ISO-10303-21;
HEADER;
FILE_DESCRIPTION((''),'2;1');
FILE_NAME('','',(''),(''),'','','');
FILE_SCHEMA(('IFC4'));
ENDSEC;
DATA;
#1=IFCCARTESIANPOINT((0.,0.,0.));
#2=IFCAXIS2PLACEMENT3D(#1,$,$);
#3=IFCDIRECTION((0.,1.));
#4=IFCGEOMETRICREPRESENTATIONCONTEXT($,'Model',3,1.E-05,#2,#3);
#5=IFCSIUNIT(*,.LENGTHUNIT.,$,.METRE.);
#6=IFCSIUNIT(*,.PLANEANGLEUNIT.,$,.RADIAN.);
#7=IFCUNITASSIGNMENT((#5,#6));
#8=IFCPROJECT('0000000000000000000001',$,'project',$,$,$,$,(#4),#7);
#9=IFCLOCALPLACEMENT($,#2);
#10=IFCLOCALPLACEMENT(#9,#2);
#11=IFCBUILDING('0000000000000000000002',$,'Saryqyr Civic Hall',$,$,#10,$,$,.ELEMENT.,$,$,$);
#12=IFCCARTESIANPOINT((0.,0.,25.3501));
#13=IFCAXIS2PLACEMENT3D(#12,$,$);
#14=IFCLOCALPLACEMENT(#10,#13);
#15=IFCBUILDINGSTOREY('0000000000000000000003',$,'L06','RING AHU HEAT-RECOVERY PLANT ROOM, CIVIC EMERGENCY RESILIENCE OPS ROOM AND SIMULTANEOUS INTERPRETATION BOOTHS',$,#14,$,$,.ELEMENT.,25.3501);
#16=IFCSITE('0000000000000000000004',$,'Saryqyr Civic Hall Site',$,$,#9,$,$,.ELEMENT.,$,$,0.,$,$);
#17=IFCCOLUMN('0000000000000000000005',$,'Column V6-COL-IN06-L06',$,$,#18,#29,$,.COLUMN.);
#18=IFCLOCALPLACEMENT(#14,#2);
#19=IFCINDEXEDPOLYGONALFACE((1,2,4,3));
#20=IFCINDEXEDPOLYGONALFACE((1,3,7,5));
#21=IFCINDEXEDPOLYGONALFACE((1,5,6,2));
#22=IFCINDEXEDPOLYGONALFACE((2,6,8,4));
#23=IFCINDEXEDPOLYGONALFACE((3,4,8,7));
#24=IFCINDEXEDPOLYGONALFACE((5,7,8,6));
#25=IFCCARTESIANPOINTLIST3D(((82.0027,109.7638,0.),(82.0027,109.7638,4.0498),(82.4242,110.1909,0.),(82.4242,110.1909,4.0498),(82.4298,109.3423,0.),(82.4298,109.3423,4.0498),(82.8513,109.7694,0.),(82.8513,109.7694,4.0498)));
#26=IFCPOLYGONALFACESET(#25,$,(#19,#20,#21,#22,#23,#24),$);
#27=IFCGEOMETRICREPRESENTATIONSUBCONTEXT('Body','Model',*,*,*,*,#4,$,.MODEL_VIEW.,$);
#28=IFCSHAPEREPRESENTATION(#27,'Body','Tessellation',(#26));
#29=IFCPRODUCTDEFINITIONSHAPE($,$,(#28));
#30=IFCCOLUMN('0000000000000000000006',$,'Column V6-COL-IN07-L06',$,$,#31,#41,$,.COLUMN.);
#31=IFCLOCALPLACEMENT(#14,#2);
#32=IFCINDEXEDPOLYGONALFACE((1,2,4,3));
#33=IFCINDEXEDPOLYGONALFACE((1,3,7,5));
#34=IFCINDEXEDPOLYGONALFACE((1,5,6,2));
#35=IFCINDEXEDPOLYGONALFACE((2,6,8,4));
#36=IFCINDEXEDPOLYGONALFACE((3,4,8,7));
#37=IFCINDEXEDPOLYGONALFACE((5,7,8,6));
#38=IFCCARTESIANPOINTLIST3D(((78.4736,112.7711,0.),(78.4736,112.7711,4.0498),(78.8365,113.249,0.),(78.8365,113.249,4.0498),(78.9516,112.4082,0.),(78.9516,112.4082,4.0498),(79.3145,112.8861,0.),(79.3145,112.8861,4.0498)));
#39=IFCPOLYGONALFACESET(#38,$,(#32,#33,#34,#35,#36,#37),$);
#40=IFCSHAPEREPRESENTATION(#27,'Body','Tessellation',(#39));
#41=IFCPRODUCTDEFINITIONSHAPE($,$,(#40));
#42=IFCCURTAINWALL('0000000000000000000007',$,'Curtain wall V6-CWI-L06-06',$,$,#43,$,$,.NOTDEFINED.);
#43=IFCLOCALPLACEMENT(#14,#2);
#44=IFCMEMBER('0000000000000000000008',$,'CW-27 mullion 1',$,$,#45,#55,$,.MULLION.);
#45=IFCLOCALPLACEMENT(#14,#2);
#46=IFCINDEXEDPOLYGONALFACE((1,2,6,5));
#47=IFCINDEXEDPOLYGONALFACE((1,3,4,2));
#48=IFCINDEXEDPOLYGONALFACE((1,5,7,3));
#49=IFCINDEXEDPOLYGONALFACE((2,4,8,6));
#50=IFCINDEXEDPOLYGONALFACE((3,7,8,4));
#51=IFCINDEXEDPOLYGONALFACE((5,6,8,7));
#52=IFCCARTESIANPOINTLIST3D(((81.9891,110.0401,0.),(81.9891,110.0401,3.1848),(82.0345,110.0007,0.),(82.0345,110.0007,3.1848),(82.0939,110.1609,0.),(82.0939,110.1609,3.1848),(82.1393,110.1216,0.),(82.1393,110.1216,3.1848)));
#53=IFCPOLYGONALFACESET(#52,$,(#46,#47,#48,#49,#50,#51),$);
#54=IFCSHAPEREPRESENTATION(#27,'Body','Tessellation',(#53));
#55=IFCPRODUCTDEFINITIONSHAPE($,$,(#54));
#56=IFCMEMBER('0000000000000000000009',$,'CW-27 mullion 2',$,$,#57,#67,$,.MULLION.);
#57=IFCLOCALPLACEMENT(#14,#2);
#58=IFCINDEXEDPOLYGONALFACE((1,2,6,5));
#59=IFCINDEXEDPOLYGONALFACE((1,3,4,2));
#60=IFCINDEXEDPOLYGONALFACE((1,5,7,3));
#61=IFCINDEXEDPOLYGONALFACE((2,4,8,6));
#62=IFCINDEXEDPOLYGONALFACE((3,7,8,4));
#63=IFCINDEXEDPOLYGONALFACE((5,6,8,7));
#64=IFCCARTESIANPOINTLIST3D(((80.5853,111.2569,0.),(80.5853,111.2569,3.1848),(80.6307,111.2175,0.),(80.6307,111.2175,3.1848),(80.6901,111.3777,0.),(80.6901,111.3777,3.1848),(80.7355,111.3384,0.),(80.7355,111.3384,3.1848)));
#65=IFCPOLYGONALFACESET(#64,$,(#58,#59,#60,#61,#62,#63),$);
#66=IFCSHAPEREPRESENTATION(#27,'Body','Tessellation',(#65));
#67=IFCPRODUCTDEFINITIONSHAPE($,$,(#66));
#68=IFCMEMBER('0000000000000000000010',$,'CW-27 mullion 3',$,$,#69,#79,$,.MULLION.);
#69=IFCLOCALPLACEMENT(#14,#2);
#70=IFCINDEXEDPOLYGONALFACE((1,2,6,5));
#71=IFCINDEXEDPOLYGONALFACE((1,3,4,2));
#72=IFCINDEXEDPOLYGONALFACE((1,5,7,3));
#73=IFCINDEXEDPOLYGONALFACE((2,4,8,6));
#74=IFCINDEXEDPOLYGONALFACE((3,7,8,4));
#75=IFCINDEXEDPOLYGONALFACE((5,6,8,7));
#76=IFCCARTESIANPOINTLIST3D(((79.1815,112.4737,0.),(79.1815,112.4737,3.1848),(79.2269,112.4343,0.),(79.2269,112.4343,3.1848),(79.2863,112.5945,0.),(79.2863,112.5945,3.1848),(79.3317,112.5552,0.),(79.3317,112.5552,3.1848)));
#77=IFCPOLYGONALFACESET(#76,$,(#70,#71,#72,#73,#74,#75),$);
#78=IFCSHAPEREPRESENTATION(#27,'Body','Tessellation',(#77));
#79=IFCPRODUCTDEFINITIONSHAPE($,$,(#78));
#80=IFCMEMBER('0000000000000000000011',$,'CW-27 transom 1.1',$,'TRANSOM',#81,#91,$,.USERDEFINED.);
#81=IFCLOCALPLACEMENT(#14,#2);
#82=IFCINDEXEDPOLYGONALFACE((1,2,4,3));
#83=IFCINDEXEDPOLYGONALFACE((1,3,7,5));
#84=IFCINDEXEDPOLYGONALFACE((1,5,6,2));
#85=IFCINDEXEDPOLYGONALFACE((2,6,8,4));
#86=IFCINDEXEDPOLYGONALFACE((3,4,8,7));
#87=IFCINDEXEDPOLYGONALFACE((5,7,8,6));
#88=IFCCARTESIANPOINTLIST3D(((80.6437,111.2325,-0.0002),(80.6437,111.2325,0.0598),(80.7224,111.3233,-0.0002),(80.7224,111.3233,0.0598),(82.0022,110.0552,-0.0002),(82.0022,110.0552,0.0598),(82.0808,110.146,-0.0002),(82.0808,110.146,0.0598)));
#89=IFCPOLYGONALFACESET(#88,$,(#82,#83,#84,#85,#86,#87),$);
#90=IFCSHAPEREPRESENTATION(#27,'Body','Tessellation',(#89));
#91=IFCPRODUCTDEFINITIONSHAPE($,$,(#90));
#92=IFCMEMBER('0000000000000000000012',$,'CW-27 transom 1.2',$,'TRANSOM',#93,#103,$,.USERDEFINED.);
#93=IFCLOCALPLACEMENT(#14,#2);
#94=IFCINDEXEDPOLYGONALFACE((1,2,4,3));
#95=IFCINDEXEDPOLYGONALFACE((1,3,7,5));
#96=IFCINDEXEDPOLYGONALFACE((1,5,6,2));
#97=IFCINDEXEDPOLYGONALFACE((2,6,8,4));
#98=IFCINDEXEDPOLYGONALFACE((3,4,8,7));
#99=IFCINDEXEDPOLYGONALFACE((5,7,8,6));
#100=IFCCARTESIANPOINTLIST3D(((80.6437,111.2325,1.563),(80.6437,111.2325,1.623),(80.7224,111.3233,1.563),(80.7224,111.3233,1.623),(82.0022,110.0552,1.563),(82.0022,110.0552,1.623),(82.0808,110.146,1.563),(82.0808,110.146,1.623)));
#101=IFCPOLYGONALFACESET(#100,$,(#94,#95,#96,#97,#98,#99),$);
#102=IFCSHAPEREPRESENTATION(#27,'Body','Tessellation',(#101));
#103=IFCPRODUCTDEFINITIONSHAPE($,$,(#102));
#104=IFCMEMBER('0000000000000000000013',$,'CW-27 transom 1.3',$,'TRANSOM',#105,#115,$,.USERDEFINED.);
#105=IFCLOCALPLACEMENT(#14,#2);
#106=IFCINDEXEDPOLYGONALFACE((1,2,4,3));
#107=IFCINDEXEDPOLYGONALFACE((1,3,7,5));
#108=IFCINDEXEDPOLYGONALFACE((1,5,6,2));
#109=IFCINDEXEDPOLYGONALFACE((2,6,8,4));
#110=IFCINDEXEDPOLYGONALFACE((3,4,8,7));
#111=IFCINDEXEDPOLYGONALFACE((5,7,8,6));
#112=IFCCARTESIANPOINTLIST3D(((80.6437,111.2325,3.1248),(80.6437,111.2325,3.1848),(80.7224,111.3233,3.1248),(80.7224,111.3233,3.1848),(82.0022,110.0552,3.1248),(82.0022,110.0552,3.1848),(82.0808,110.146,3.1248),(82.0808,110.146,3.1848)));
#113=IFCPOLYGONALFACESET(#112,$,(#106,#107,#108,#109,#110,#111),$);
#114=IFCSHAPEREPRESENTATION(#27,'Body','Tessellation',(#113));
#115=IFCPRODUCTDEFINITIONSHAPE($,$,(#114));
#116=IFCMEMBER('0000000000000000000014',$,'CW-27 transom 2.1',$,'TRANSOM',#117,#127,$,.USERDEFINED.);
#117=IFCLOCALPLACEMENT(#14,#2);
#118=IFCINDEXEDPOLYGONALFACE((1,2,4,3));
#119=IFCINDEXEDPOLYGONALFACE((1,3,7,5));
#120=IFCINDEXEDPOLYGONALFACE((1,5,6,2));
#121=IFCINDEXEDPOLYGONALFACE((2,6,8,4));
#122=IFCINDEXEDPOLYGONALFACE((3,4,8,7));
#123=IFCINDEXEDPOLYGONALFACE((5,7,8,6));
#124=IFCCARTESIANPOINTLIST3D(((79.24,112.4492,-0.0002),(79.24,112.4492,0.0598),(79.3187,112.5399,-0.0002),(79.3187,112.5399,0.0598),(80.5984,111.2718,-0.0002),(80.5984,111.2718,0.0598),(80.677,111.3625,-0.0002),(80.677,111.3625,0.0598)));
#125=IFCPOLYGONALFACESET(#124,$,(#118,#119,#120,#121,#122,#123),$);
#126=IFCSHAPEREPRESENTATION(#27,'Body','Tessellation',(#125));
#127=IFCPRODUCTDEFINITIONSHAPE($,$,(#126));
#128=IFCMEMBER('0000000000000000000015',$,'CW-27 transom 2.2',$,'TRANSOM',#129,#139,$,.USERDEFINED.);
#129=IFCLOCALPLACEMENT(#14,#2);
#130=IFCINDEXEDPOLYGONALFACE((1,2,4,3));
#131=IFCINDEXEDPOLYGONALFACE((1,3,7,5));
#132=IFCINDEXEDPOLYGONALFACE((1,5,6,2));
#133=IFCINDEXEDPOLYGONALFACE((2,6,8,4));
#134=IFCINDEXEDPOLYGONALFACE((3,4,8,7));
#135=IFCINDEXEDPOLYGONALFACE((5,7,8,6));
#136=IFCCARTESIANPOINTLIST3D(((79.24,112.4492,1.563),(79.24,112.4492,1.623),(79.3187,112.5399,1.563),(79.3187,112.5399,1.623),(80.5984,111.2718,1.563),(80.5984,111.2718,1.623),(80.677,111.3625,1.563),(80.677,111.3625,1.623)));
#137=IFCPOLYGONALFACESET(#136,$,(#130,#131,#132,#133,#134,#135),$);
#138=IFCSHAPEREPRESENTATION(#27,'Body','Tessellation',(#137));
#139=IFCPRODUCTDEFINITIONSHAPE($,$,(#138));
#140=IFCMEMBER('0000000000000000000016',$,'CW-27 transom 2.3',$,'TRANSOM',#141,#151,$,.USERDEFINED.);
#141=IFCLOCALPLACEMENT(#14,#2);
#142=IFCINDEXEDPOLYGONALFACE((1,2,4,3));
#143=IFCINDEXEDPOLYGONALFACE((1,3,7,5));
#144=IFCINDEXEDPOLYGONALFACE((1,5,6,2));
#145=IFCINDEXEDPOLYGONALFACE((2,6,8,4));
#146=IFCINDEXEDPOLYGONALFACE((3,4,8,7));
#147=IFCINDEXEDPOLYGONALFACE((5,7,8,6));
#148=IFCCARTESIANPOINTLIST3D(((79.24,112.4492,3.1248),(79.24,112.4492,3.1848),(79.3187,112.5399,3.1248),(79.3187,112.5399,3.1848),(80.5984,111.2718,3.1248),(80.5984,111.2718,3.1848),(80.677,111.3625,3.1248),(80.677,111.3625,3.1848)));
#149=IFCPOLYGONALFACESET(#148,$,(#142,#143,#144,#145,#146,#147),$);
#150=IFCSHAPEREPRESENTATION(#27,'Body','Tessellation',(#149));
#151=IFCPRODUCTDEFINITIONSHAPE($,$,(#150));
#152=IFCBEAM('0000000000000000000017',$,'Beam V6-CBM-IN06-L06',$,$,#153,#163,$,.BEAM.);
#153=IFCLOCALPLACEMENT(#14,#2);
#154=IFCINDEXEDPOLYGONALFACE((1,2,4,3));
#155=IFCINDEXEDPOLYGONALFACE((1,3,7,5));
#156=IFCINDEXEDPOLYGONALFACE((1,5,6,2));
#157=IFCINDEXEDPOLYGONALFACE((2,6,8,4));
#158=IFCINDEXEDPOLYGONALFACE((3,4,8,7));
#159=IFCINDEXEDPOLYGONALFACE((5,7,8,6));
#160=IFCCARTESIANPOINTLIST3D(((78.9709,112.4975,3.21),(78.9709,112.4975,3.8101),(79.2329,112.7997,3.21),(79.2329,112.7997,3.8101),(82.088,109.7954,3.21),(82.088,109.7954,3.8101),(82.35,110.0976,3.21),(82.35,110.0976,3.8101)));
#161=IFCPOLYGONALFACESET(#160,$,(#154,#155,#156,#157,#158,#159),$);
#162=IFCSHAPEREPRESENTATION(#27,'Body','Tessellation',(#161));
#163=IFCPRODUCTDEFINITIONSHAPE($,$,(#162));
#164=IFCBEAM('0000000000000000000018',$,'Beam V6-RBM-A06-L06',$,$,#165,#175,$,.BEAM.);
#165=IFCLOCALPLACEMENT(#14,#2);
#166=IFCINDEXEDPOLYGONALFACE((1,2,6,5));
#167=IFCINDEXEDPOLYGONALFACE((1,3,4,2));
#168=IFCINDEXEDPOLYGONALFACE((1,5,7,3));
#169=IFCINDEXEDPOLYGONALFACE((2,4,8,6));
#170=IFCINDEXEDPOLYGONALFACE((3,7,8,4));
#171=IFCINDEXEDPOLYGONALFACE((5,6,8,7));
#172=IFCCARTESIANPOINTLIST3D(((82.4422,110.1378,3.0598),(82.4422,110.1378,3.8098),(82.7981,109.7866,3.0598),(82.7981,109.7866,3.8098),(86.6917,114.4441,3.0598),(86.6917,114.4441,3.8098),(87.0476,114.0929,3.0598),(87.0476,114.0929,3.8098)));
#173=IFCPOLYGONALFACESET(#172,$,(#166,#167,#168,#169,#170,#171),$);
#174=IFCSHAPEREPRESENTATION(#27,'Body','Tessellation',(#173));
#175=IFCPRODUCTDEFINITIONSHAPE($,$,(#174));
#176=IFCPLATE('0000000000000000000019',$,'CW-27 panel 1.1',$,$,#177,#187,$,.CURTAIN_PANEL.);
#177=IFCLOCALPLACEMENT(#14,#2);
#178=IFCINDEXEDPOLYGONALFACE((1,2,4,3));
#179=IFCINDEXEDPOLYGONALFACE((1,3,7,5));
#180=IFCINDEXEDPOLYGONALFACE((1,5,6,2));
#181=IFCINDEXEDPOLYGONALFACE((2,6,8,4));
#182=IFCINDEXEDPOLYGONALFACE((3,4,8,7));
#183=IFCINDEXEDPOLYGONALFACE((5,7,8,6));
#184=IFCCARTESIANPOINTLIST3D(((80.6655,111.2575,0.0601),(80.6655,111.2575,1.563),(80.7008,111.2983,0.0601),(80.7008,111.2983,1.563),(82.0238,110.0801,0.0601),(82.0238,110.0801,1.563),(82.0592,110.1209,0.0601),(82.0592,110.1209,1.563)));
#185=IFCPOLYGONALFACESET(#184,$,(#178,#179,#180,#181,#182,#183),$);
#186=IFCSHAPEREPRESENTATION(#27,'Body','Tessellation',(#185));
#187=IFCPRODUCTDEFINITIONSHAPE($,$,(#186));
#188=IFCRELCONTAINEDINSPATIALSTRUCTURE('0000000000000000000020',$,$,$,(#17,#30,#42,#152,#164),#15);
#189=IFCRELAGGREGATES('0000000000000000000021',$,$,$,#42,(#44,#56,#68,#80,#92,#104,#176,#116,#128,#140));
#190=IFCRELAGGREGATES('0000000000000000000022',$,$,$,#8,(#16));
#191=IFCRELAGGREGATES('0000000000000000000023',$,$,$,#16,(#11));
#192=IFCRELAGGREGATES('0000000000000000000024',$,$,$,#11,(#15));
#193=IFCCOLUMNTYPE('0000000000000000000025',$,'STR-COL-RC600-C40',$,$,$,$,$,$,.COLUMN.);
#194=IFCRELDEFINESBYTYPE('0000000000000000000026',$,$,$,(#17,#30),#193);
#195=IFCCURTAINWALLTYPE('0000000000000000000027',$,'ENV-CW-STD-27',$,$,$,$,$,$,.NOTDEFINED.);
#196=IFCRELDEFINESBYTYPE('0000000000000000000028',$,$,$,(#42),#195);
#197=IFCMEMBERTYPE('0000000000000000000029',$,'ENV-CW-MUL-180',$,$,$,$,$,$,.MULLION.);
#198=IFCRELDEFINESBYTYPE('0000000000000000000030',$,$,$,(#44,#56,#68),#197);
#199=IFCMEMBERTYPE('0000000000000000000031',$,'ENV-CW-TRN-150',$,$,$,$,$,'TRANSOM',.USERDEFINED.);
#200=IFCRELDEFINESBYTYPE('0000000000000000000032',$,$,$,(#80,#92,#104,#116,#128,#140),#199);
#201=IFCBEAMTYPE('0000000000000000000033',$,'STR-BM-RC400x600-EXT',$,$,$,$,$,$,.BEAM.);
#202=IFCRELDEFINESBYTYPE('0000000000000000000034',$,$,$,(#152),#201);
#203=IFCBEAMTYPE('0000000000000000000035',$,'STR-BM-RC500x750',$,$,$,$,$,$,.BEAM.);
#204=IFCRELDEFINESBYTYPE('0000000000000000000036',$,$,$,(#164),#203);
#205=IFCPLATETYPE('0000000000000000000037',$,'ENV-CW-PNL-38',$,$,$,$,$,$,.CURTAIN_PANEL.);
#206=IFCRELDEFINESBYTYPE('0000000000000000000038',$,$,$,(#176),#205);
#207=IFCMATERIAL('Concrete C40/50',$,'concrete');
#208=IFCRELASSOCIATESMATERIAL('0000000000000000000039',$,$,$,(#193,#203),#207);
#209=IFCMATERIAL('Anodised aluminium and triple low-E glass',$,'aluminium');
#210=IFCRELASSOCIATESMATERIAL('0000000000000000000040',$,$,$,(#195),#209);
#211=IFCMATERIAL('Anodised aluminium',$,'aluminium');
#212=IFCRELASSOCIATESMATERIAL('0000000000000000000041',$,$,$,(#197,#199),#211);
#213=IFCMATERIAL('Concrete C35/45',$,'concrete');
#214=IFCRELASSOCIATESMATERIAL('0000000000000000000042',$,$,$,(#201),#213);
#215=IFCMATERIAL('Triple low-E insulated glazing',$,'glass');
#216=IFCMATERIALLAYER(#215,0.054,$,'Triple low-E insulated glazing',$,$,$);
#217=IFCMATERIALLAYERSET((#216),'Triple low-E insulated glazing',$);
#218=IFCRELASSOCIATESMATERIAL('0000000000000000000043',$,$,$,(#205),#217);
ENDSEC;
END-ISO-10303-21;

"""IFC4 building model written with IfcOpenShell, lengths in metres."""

from ifc_helpers import new_model, si_unit, direction, frame, origin, origin_2d, place, context, subcontext, project, spatial, rectangle, extrude, material, layer, layer_set, material_profile, profile_set, type_object, element, aggregate, save


model = new_model("IFC4")

# Units and contexts
model_context = context("Model", 3, precision=1e-05, world=origin(), true_north=direction((0.0, 1.0)))
body_context = subcontext(model_context, "Body", "Model", "MODEL_VIEW")
ifc_project = project(units=[si_unit("LENGTHUNIT", "METRE"), si_unit("PLANEANGLEUNIT", "RADIAN")], contexts=[model_context])

# Site, building, storey
site_placement = place(None, origin())
site = spatial("IfcSite", under=ifc_project, at=site_placement, Name="Saryqyr Civic Hall Site", CompositionType="ELEMENT", RefElevation=0.0)
building_placement = place(site_placement, origin())
building = spatial("IfcBuilding", under=site, at=building_placement, Name="Saryqyr Civic Hall", CompositionType="ELEMENT")
storey_placement = place(building_placement, frame((0.0, 0.0, 25.3501)))
storey = spatial("IfcBuildingStorey", under=building, at=storey_placement, Name="L06", Description="RING AHU HEAT-RECOVERY PLANT ROOM, CIVIC EMERGENCY RESILIENCE OPS ROOM AND SIMULTANEOUS INTERPRETATION BOOTHS", CompositionType="ELEMENT", Elevation=25.3501)

# Columns
ifc_material_1 = material(Name="Concrete C40/50", Category="concrete")
ifc_material_profile_1 = material_profile(ifc_material_1, rectangle(XDim=0.6001, YDim=0.6001, at=origin_2d()), Name="RC 600x600")
ifc_profile_set_1 = profile_set([ifc_material_profile_1], Name="Concrete C40/50")
column_type = type_object("IfcColumnType", Name="STR-COL-RC600-C40", PredefinedType="COLUMN", material=ifc_profile_set_1)
for number, where, z_axis, x_axis, name in (
    (1, (82.427, 109.7666, 0.0), (0.0, 0.0, 1.0), (0.702402, 0.711781, 0.0), "Column V6-COL-IN06-L06"),
    (2, (78.894, 112.8286, 0.0), (0.0, 0.0, 1.0), (0.604738, 0.796424, 0.0), "Column V6-COL-IN07-L06"),
):
    element("IfcColumn", number, at=place(storey_placement, frame(where, z_axis=z_axis, x_axis=x_axis)), inside=storey, type_object=column_type, Name=name, PredefinedType="COLUMN", context=body_context, shape_type="SweptSolid", body=[
        extrude(rectangle(XDim=0.6001, YDim=0.6001, at=origin_2d()), origin(), (0.0, 0.0, 1.0), 4.0498),
    ])

# Curtain wall, members
ifc_material_2 = material(Name="Anodised aluminium and triple low-E glass", Category="aluminium")
curtain_wall_type = type_object("IfcCurtainWallType", Name="ENV-CW-STD-27", PredefinedType="NOTDEFINED", material=ifc_material_2)
curtain_wall_placement = place(storey_placement, origin())
curtain_wall = element("IfcCurtainWall", 3, at=curtain_wall_placement, inside=storey, type_object=curtain_wall_type, Name="Curtain wall V6-CWI-L06-06", PredefinedType="NOTDEFINED")
ifc_material_3 = material(Name="Anodised aluminium", Category="aluminium")
ifc_material_profile_2 = material_profile(ifc_material_3, rectangle(XDim=0.0601, YDim=0.1599, at=origin_2d()), Name="ALU MULLION 60x160")
ifc_profile_set_2 = profile_set([ifc_material_profile_2], Name="Anodised aluminium")
member_type_1 = type_object("IfcMemberType", Name="ENV-CW-MUL-180", PredefinedType="MULLION", material=ifc_profile_set_2)
member_1_placement = place(storey_placement, frame((82.0642, 110.0808, 0.0), z_axis=(0.0, 0.0, 1.0), x_axis=(-0.755652, 0.654974, 0.0)))
member_1 = element("IfcMember", 4, at=member_1_placement, type_object=member_type_1, Name="CW-27 mullion 1", PredefinedType="MULLION", context=body_context, shape_type="SweptSolid", body=[
    extrude(rectangle(XDim=0.0601, YDim=0.1599, at=origin_2d()), origin(), (0.0, 0.0, 1.0), 3.1848),
])
member_2_placement = place(storey_placement, frame((80.6604, 111.2976, 0.0), z_axis=(0.0, 0.0, 1.0), x_axis=(-0.755652, 0.654974, 0.0)))
member_2 = element("IfcMember", 5, at=member_2_placement, type_object=member_type_1, Name="CW-27 mullion 2", PredefinedType="MULLION", context=body_context, shape_type="SweptSolid", body=[
    extrude(rectangle(XDim=0.0601, YDim=0.1599, at=origin_2d()), origin(), (0.0, 0.0, 1.0), 3.1848),
])
member_3_placement = place(storey_placement, frame((79.2566, 112.5144, 0.0), z_axis=(0.0, 0.0, 1.0), x_axis=(-0.755652, 0.654974, 0.0)))
member_3 = element("IfcMember", 6, at=member_3_placement, type_object=member_type_1, Name="CW-27 mullion 3", PredefinedType="MULLION", context=body_context, shape_type="SweptSolid", body=[
    extrude(rectangle(XDim=0.0601, YDim=0.1599, at=origin_2d()), origin(), (0.0, 0.0, 1.0), 3.1848),
])
ifc_material_profile_3 = material_profile(ifc_material_3, rectangle(XDim=0.1201, YDim=0.0601, at=origin_2d()), Name="ALU TRANSOM 120x60")
ifc_profile_set_3 = profile_set([ifc_material_profile_3], Name="Anodised aluminium")
member_type_2 = type_object("IfcMemberType", Name="ENV-CW-TRN-150", ElementType="TRANSOM", PredefinedType="USERDEFINED", material=ifc_profile_set_3)
member_4_placement = place(storey_placement, frame((82.0415, 110.1006, 0.0298), z_axis=(-0.755698, 0.65492, 0.0), x_axis=(-0.65492, -0.755698, 0.0)))
member_4 = element("IfcMember", 7, at=member_4_placement, type_object=member_type_2, Name="CW-27 transom 1.1", ObjectType="TRANSOM", PredefinedType="USERDEFINED", context=body_context, shape_type="SweptSolid", body=[
    extrude(rectangle(XDim=0.1201, YDim=0.0601, at=origin_2d()), origin(), (0.0, 0.0, 1.0), 1.7976),
])
member_5_placement = place(storey_placement, frame((82.0415, 110.1006, 1.593), z_axis=(-0.755698, 0.65492, 0.0), x_axis=(-0.65492, -0.755698, 0.0)))
member_5 = element("IfcMember", 8, at=member_5_placement, type_object=member_type_2, Name="CW-27 transom 1.2", ObjectType="TRANSOM", PredefinedType="USERDEFINED", context=body_context, shape_type="SweptSolid", body=[
    extrude(rectangle(XDim=0.1201, YDim=0.0601, at=origin_2d()), origin(), (0.0, 0.0, 1.0), 1.7976),
])
member_6_placement = place(storey_placement, frame((82.0415, 110.1006, 3.1548), z_axis=(-0.755698, 0.65492, 0.0), x_axis=(-0.65492, -0.755698, 0.0)))
member_6 = element("IfcMember", 9, at=member_6_placement, type_object=member_type_2, Name="CW-27 transom 1.3", ObjectType="TRANSOM", PredefinedType="USERDEFINED", context=body_context, shape_type="SweptSolid", body=[
    extrude(rectangle(XDim=0.1201, YDim=0.0601, at=origin_2d()), origin(), (0.0, 0.0, 1.0), 1.7976),
])
member_7_placement = place(storey_placement, frame((80.6377, 111.3171, 0.0298), z_axis=(-0.755631, 0.654998, 0.0), x_axis=(-0.654998, -0.755631, 0.0)))
member_7 = element("IfcMember", 10, at=member_7_placement, type_object=member_type_2, Name="CW-27 transom 2.1", ObjectType="TRANSOM", PredefinedType="USERDEFINED", context=body_context, shape_type="SweptSolid", body=[
    extrude(rectangle(XDim=0.1201, YDim=0.0601, at=origin_2d()), origin(), (0.0, 0.0, 1.0), 1.7976),
])
member_8_placement = place(storey_placement, frame((80.6377, 111.3171, 1.593), z_axis=(-0.755631, 0.654998, 0.0), x_axis=(-0.654998, -0.755631, 0.0)))
member_8 = element("IfcMember", 11, at=member_8_placement, type_object=member_type_2, Name="CW-27 transom 2.2", ObjectType="TRANSOM", PredefinedType="USERDEFINED", context=body_context, shape_type="SweptSolid", body=[
    extrude(rectangle(XDim=0.1201, YDim=0.0601, at=origin_2d()), origin(), (0.0, 0.0, 1.0), 1.7976),
])
member_9_placement = place(storey_placement, frame((80.6377, 111.3171, 3.1548), z_axis=(-0.755631, 0.654998, 0.0), x_axis=(-0.654998, -0.755631, 0.0)))
member_9 = element("IfcMember", 12, at=member_9_placement, type_object=member_type_2, Name="CW-27 transom 2.3", ObjectType="TRANSOM", PredefinedType="USERDEFINED", context=body_context, shape_type="SweptSolid", body=[
    extrude(rectangle(XDim=0.1201, YDim=0.0601, at=origin_2d()), origin(), (0.0, 0.0, 1.0), 1.7976),
])

# Beams
ifc_material_4 = material(Name="Concrete C35/45", Category="concrete")
ifc_material_profile_4 = material_profile(ifc_material_4, rectangle(XDim=0.3999, YDim=0.6001, at=origin_2d()), Name="RC 400x600")
ifc_profile_set_4 = profile_set([ifc_material_profile_4], Name="Concrete C35/45")
beam_type_1 = type_object("IfcBeamType", Name="STR-BM-RC400x600-EXT", PredefinedType="BEAM", material=ifc_profile_set_4)
beam_1_placement = place(storey_placement, frame((82.219, 109.9465, 3.51), z_axis=(-0.755619, 0.655012, 0.0), x_axis=(-0.655012, -0.755619, 0.0)))
element("IfcBeam", 13, at=beam_1_placement, inside=storey, type_object=beam_type_1, Name="Beam V6-CBM-IN06-L06", PredefinedType="BEAM", context=body_context, shape_type="SweptSolid", body=[
    extrude(rectangle(XDim=0.3999, YDim=0.6001, at=origin_2d()), origin(), (0.0, 0.0, 1.0), 4.1252),
])
ifc_material_profile_5 = material_profile(ifc_material_1, rectangle(XDim=0.5, YDim=0.75, at=origin_2d()), Name="RC 500x750")
ifc_profile_set_5 = profile_set([ifc_material_profile_5], Name="Concrete C40/50")
beam_type_2 = type_object("IfcBeamType", Name="STR-BM-RC500x750", PredefinedType="BEAM", material=ifc_profile_set_5)
beam_2_placement = place(storey_placement, frame((82.6201, 109.9622, 3.4348), z_axis=(0.70239, 0.711792, 0.0), x_axis=(-0.711792, 0.70239, 0.0)))
element("IfcBeam", 14, at=beam_2_placement, inside=storey, type_object=beam_type_2, Name="Beam V6-RBM-A06-L06", PredefinedType="BEAM", context=body_context, shape_type="SweptSolid", body=[
    extrude(rectangle(XDim=0.5, YDim=0.75, at=origin_2d()), origin(), (0.0, 0.0, 1.0), 6.05),
])

# Plate
ifc_material_5 = material(Name="Triple low-E insulated glazing", Category="glass")
ifc_layer_1 = layer(ifc_material_5, 0.054, Name="Triple low-E insulated glazing")
ifc_layer_set_1 = layer_set([ifc_layer_1], Name="Triple low-E insulated glazing")
plate_type = type_object("IfcPlateType", Name="ENV-CW-PNL-38", PredefinedType="CURTAIN_PANEL", material=ifc_layer_set_1)
plate_1_placement = place(storey_placement, frame((81.3623, 110.6892, 0.0601), z_axis=(0.0, 0.0, 1.0), x_axis=(-0.755652, 0.654974, 0.0)))
plate_1 = element("IfcPlate", 15, at=plate_1_placement, type_object=plate_type, Name="CW-27 panel 1.1", PredefinedType="CURTAIN_PANEL", context=body_context, shape_type="SweptSolid", body=[
    extrude(rectangle(XDim=1.7976, YDim=0.054, at=origin_2d()), origin(), (0.0, 0.0, 1.0), 1.5029),
])
aggregate(curtain_wall, [member_1, member_2, member_3, member_4, member_5, member_6, plate_1, member_7, member_8, member_9])

save(model, "model.ifc")
